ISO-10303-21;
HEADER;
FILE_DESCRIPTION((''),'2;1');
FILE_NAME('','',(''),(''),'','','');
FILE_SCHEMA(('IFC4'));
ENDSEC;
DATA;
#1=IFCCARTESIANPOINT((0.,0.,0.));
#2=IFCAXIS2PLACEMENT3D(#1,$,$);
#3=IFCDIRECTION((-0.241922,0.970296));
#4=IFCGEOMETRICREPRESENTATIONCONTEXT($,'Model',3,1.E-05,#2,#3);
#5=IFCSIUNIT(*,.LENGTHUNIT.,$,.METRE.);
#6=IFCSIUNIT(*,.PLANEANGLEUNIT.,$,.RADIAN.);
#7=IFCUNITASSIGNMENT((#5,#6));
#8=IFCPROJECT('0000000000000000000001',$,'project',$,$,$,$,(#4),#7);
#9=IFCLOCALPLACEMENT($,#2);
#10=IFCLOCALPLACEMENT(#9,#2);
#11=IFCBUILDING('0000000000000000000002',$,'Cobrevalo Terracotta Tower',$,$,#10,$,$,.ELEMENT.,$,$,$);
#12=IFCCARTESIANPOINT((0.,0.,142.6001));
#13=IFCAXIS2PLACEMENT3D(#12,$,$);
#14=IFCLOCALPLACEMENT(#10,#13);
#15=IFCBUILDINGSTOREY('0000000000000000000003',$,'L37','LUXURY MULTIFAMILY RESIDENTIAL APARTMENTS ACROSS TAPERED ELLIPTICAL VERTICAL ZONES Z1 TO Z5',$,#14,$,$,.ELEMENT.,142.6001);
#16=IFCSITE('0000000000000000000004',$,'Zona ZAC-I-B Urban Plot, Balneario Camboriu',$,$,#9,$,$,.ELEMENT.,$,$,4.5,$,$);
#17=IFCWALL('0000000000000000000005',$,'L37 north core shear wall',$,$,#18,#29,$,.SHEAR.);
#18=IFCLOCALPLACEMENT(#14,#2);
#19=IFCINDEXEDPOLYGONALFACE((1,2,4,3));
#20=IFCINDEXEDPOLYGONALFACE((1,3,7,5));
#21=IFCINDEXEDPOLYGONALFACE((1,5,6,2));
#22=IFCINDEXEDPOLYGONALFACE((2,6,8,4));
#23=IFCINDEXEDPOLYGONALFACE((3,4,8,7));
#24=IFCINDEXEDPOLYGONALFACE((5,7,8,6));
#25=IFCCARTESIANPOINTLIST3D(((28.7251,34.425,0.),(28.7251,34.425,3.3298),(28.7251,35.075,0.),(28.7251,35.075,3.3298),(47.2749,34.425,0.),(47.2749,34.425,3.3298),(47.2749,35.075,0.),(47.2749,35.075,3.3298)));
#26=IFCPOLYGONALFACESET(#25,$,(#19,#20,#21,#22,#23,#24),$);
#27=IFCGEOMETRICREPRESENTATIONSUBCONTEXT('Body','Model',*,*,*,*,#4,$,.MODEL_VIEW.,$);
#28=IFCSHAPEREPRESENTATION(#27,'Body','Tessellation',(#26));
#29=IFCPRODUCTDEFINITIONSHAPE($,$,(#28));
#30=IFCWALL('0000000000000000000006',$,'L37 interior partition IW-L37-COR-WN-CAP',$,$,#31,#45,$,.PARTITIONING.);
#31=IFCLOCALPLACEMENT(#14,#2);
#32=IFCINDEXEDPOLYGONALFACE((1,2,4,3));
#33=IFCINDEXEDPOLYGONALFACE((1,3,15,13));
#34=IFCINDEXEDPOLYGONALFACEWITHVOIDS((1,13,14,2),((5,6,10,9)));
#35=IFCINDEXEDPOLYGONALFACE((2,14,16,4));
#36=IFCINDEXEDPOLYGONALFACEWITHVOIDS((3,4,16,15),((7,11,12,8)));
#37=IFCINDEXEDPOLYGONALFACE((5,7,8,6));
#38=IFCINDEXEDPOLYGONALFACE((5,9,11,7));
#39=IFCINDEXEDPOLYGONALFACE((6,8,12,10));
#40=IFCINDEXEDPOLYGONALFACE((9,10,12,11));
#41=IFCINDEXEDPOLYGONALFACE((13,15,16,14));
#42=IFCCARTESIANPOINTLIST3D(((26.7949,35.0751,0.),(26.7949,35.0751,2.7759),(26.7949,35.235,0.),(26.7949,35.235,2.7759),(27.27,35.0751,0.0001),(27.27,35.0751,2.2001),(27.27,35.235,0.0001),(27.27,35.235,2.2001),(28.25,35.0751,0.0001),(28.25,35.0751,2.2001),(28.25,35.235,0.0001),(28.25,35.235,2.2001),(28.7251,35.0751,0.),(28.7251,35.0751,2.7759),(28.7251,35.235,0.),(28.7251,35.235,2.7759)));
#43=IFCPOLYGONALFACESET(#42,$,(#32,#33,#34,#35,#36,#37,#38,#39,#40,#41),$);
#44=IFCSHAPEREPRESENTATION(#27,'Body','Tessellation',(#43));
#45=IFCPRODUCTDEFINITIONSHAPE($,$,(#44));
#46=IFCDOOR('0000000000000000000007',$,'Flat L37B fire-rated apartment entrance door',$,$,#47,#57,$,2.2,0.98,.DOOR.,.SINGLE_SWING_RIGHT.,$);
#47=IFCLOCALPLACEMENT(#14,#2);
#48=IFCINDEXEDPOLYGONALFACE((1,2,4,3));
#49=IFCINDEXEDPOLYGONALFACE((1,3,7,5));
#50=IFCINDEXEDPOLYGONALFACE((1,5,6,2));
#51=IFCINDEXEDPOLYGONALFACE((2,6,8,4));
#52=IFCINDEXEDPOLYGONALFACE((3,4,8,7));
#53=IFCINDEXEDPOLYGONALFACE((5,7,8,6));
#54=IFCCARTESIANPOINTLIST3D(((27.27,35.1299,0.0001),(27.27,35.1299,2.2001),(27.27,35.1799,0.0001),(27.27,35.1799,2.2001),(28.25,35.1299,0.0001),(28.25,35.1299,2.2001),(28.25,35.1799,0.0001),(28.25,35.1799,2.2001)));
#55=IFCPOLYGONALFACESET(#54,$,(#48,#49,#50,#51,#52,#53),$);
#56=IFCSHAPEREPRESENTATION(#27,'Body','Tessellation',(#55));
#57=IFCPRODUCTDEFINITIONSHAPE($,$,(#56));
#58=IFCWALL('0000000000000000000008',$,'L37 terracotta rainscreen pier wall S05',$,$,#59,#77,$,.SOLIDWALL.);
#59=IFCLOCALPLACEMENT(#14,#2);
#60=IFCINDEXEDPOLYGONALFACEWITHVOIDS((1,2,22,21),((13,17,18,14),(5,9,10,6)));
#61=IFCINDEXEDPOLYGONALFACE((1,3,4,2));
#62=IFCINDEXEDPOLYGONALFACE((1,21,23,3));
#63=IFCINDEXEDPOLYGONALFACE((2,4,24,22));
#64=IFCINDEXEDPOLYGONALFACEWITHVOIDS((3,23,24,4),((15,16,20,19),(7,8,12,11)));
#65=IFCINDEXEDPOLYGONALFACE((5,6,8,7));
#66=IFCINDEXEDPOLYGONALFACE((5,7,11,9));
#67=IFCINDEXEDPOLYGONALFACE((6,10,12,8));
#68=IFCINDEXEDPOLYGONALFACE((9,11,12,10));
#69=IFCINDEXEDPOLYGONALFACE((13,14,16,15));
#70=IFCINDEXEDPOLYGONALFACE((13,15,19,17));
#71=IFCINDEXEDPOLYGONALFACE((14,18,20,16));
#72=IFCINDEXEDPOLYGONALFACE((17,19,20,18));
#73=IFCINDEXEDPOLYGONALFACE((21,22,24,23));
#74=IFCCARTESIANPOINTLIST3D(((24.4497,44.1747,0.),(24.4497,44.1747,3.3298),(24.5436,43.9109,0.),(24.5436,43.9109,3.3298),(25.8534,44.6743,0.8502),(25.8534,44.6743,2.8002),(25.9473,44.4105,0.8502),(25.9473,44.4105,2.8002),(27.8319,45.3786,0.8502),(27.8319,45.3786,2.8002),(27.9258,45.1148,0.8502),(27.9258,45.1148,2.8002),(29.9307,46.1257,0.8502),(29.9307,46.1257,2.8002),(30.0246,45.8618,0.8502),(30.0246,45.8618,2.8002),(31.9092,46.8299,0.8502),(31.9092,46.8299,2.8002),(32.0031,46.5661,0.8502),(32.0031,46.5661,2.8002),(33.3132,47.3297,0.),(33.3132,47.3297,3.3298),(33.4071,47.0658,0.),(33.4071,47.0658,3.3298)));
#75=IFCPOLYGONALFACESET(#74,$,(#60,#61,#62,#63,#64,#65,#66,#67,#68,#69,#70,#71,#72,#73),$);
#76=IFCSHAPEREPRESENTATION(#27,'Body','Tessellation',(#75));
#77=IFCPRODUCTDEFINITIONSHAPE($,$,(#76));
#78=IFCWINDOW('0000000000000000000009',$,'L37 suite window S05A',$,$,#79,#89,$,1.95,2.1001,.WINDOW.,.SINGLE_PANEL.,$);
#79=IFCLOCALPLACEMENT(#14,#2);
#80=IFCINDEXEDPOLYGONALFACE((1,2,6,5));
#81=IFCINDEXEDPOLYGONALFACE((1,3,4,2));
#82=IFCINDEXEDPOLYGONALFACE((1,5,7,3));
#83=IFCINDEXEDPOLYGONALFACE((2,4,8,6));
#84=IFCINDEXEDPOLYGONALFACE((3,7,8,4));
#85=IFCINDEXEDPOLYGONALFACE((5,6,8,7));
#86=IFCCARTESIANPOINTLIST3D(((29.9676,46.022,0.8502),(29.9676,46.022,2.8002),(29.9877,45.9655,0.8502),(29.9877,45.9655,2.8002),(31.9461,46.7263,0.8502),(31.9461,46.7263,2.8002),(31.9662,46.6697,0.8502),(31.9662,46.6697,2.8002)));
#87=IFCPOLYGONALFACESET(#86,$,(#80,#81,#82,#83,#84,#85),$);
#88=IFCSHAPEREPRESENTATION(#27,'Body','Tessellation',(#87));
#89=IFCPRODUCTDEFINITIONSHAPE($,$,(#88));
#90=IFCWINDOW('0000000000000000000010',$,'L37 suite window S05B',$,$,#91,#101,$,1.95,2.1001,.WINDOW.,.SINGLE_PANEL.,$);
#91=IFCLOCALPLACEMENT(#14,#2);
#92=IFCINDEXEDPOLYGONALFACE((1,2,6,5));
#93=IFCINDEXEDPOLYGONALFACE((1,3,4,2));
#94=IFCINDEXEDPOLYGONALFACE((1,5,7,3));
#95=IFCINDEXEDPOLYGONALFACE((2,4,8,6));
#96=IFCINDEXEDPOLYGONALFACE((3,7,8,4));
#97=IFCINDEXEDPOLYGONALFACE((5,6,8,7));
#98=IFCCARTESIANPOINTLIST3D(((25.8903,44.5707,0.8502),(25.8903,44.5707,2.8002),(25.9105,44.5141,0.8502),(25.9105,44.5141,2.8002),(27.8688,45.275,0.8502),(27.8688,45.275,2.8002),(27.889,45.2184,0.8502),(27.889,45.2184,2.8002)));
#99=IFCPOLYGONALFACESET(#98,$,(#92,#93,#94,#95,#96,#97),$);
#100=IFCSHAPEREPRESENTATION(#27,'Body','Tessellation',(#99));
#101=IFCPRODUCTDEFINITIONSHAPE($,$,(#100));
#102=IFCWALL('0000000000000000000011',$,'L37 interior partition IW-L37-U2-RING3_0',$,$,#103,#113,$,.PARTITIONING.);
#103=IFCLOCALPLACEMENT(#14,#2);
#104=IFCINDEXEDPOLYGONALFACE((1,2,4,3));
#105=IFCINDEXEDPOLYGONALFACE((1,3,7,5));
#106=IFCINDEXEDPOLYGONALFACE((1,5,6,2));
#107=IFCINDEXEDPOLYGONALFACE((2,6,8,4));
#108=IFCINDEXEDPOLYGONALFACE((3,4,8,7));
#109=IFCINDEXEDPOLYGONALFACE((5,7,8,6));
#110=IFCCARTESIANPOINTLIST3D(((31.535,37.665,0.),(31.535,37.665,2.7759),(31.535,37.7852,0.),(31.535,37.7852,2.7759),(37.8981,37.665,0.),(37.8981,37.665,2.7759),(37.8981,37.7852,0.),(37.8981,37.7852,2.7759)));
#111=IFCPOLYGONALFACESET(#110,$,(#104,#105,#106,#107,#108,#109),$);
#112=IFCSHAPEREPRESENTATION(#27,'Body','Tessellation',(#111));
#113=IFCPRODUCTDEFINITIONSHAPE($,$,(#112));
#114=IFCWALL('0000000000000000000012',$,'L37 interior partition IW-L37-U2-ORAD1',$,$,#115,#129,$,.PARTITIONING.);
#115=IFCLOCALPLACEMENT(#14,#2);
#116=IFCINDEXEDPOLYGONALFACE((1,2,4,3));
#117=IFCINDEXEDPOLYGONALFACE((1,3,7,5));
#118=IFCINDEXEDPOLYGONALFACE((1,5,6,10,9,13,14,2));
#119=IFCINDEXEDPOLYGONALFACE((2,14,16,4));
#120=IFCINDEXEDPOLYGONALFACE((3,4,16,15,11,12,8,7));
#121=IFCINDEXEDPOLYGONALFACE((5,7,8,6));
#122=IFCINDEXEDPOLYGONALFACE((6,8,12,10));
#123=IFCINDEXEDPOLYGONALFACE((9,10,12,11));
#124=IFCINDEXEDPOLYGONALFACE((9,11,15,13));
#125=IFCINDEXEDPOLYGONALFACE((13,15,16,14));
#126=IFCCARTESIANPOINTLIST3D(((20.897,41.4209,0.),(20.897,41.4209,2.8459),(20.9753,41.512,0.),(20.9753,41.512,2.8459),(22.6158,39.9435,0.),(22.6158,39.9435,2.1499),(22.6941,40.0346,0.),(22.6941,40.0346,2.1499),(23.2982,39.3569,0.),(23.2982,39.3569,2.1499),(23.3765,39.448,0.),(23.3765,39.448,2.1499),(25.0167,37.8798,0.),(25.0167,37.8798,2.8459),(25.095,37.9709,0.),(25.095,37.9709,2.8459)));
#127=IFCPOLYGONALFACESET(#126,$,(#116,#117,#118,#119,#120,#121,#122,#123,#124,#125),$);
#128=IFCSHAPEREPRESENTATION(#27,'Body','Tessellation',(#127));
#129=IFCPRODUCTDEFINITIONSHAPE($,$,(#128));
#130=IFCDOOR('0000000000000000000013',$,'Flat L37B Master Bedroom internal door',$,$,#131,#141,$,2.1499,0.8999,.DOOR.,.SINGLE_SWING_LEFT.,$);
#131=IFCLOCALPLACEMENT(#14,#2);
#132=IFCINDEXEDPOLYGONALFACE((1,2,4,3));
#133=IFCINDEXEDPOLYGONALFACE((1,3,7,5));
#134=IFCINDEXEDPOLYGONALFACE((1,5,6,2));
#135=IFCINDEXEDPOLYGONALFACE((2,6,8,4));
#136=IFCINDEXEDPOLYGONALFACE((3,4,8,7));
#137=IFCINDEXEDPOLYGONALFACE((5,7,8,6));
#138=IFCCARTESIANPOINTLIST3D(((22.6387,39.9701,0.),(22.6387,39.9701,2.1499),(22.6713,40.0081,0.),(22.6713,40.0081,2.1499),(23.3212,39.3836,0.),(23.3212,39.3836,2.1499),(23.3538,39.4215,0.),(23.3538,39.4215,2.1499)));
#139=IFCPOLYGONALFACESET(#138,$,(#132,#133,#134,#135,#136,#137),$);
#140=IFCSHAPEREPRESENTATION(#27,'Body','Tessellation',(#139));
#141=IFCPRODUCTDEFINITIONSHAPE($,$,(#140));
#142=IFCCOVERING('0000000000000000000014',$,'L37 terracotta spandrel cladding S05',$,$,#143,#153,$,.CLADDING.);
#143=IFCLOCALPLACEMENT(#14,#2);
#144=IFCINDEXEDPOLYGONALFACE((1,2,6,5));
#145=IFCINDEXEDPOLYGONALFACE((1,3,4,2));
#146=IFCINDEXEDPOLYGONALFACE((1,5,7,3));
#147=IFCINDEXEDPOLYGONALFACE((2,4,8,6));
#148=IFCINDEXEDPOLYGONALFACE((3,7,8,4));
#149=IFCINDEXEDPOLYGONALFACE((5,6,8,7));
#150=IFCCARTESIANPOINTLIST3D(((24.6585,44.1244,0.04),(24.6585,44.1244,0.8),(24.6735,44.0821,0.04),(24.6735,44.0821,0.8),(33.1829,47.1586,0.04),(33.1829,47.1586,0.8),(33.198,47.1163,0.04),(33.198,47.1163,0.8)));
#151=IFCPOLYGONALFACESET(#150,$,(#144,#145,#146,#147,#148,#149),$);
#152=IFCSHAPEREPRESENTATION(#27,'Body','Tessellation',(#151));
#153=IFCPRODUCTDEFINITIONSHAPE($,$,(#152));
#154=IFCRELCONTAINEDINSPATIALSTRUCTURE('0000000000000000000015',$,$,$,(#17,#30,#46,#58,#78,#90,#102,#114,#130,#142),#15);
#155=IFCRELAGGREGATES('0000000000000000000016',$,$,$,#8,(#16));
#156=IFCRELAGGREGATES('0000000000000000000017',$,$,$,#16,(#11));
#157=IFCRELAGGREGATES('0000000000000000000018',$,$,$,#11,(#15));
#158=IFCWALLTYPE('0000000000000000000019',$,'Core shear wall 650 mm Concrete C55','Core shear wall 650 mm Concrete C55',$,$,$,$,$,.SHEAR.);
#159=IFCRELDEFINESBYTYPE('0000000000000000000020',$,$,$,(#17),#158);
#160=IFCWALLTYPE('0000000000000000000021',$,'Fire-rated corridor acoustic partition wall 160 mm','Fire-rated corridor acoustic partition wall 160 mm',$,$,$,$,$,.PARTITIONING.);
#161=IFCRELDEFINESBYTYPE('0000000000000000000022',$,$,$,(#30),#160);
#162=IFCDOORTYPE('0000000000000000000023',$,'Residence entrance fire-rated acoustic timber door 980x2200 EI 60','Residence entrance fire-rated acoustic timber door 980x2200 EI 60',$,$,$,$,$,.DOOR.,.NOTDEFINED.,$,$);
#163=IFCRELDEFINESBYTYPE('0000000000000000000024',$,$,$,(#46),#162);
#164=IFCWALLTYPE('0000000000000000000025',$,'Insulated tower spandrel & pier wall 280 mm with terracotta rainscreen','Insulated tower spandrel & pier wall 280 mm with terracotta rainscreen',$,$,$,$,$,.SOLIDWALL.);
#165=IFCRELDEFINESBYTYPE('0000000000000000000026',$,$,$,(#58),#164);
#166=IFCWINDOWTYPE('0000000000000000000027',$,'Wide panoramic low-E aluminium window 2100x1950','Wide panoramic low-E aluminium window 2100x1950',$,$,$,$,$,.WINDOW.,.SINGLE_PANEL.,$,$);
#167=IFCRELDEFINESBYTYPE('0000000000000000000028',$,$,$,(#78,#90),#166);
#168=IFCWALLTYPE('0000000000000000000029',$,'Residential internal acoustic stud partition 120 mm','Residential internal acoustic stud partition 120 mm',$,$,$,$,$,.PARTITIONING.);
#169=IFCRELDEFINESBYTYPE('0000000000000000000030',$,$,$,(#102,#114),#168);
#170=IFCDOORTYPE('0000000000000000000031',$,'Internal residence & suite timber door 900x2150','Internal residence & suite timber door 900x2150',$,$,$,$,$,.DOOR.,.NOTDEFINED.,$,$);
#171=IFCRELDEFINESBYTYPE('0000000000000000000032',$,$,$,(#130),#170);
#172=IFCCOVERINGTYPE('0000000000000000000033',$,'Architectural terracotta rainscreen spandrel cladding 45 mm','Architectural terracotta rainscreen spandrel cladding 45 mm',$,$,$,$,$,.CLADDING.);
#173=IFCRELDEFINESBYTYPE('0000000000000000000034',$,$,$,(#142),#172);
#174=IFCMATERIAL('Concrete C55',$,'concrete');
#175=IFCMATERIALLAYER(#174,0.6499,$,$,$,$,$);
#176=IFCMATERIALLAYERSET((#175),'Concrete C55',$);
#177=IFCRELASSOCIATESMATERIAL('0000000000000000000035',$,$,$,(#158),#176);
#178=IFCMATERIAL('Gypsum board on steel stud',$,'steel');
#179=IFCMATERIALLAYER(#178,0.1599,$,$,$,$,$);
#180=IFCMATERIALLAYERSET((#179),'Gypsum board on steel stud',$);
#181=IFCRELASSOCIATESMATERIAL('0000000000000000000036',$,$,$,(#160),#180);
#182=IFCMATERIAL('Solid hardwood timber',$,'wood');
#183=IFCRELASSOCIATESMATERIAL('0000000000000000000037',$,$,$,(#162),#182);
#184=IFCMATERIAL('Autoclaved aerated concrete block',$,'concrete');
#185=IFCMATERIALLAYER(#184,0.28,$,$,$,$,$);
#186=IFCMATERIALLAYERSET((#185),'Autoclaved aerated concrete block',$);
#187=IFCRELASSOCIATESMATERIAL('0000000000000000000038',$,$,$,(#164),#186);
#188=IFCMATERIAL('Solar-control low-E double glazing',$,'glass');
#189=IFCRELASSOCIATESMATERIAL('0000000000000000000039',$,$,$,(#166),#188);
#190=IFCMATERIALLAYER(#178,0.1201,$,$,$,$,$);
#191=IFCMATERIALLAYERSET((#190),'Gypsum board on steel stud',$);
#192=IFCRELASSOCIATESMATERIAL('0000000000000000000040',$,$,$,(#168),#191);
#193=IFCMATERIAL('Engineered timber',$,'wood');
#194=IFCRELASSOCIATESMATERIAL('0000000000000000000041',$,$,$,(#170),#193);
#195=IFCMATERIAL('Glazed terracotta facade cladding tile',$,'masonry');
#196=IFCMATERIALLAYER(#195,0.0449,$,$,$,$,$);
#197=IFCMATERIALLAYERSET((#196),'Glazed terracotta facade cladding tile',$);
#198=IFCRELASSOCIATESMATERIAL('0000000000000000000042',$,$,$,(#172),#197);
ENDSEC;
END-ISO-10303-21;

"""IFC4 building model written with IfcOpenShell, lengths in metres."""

from ifc_helpers import new_model, si_unit, direction, frame, frame_2d, origin, origin_2d, place, context, subcontext, project, spatial, rectangle, extrude, source, transform, mapped, material, layer, layer_set, type_object, element, fill, save


model = new_model("IFC4")

# Units and contexts
model_context = context("Model", 3, precision=1e-05, world=origin(), true_north=direction((-0.241922, 0.970296)))
body_context = subcontext(model_context, "Body", "Model", "MODEL_VIEW")
ifc_project = project(units=[si_unit("LENGTHUNIT", "METRE"), si_unit("PLANEANGLEUNIT", "RADIAN")], contexts=[model_context])

# Site, building, storey
site_placement = place(None, origin())
site = spatial("IfcSite", under=ifc_project, at=site_placement, Name="Zona ZAC-I-B Urban Plot, Balneario Camboriu", CompositionType="ELEMENT", RefElevation=4.5)
building_placement = place(site_placement, origin())
building = spatial("IfcBuilding", under=site, at=building_placement, Name="Cobrevalo Terracotta Tower", CompositionType="ELEMENT")
storey_placement = place(building_placement, frame((0.0, 0.0, 142.6001)))
storey = spatial("IfcBuildingStorey", under=building, at=storey_placement, Name="L37", Description="LUXURY MULTIFAMILY RESIDENTIAL APARTMENTS ACROSS TAPERED ELLIPTICAL VERTICAL ZONES Z1 TO Z5", CompositionType="ELEMENT", Elevation=142.6001)

# Shared definitions
ifc_material_1 = material(Name="Concrete C55", Category="concrete")

# Wall
ifc_layer_1 = layer(ifc_material_1, 0.6499)
ifc_layer_set_1 = layer_set([ifc_layer_1], Name="Concrete C55")
wall_type_1 = type_object("IfcWallType", Name="Core shear wall 650 mm Concrete C55", Description="Core shear wall 650 mm Concrete C55", PredefinedType="SHEAR", material=ifc_layer_set_1)
wall_1_placement = place(storey_placement, frame((28.7251, 34.75, 0.0), z_axis=(0.0, 0.0, 1.0), x_axis=(1.0, 0.0, 0.0)))
element("IfcWall", 1, at=wall_1_placement, inside=storey, type_object=wall_type_1, Name="L37 north core shear wall", PredefinedType="SHEAR", context=body_context, shape_type="SweptSolid", body=[
    extrude(rectangle(XDim=18.5498, YDim=0.6499, at=frame_2d((9.2749, 0.0))), origin(), (0.0, 0.0, 1.0), 3.3298),
])

# Wall, opening, door
ifc_material_2 = material(Name="Gypsum board on steel stud", Category="steel")
ifc_layer_2 = layer(ifc_material_2, 0.1599)
ifc_layer_set_2 = layer_set([ifc_layer_2], Name="Gypsum board on steel stud")
wall_type_2 = type_object("IfcWallType", Name="Fire-rated corridor acoustic partition wall 160 mm", Description="Fire-rated corridor acoustic partition wall 160 mm", PredefinedType="PARTITIONING", material=ifc_layer_set_2)
wall_2_placement = place(storey_placement, frame((26.7949, 35.155, 0.0), z_axis=(0.0, 0.0, 1.0), x_axis=(1.0, 0.0, 0.0)))
wall_2 = element("IfcWall", 2, at=wall_2_placement, inside=storey, type_object=wall_type_2, Name="L37 interior partition IW-L37-COR-WN-CAP", PredefinedType="PARTITIONING", context=body_context, shape_type="SweptSolid", body=[
    extrude(rectangle(XDim=1.9302, YDim=0.1599, at=frame_2d((0.9651, 0.0))), origin(), (0.0, 0.0, 1.0), 2.7759),
])
opening_1_placement = place(wall_2_placement, frame((0.4751, 0.0, 0.0)))
opening_1 = element("IfcOpeningElement", 3, at=opening_1_placement, cuts=wall_2, PredefinedType="OPENING", context=body_context, shape_type="SweptSolid", body=[
    extrude(rectangle(XDim=0.98, YDim=2.2, at=frame_2d((0.49, 1.1001))), frame((0.0, 0.0898, 0.0), z_axis=(0.0, -1.0, 0.0), x_axis=(1.0, 0.0, 0.0)), (0.0, 0.0, 1.0), 0.1799),
])
ifc_material_3 = material(Name="Solid hardwood timber", Category="wood")
door_type_1 = type_object("IfcDoorType", Name="Residence entrance fire-rated acoustic timber door 980x2200 EI 60", Description="Residence entrance fire-rated acoustic timber door 980x2200 EI 60", OperationType="NOTDEFINED", PredefinedType="DOOR", material=ifc_material_3)
shared_shape_1 = source(origin(), body_context, "Body", "SweptSolid", [
    extrude(rectangle(XDim=0.98, YDim=2.2, at=frame_2d((0.49, 1.1001))), frame((0.0, 0.0249, 0.0), z_axis=(0.0, -1.0, 0.0), x_axis=(1.0, 0.0, 0.0)), (0.0, 0.0, 1.0), 0.05),
])
door_1_placement = place(opening_1_placement, origin())
door_1 = element("IfcDoor", 4, at=door_1_placement, inside=storey, type_object=door_type_1, Name="Flat L37B fire-rated apartment entrance door", OperationType="SINGLE_SWING_RIGHT", OverallHeight=2.2, OverallWidth=0.98, PredefinedType="DOOR", context=body_context, shape_type="MappedRepresentation", body=[
    mapped(shared_shape_1, transform((0.0, 0.0, 0.0), scale=1.0)),
])
fill(opening_1, door_1)

# Wall, openings, windows
ifc_material_4 = material(Name="Autoclaved aerated concrete block", Category="concrete")
ifc_layer_3 = layer(ifc_material_4, 0.28)
ifc_layer_set_3 = layer_set([ifc_layer_3], Name="Autoclaved aerated concrete block")
wall_type_3 = type_object("IfcWallType", Name="Insulated tower spandrel & pier wall 280 mm with terracotta rainscreen", Description="Insulated tower spandrel & pier wall 280 mm with terracotta rainscreen", PredefinedType="SOLIDWALL", material=ifc_layer_set_3)
wall_3_placement = place(storey_placement, frame((33.3601, 47.1978, 0.0), z_axis=(0.0, 0.0, 1.0), x_axis=(-0.942095, -0.335345, 0.0)))
wall_3 = element("IfcWall", 5, at=wall_3_placement, inside=storey, type_object=wall_type_3, Name="L37 terracotta rainscreen pier wall S05", PredefinedType="SOLIDWALL", context=body_context, shape_type="SweptSolid", body=[
    extrude(rectangle(XDim=9.4082, YDim=0.28, at=frame_2d((4.7041, 0.0))), origin(), (0.0, 0.0, 1.0), 3.3298),
])
opening_2_placement = place(wall_3_placement, frame((1.4902, 0.0, 0.8501)))
opening_2 = element("IfcOpeningElement", 6, at=opening_2_placement, cuts=wall_3, PredefinedType="OPENING", context=body_context, shape_type="SweptSolid", body=[
    extrude(rectangle(XDim=2.1001, YDim=1.95, at=frame_2d((1.05, 0.9751))), frame((0.0, 0.1499, 0.0), z_axis=(0.0, -1.0, 0.0), x_axis=(1.0, 0.0, 0.0)), (0.0, 0.0, 1.0), 0.3),
])
opening_3_placement = place(wall_3_placement, frame((5.8181, 0.0, 0.8501)))
opening_3 = element("IfcOpeningElement", 7, at=opening_3_placement, cuts=wall_3, PredefinedType="OPENING", context=body_context, shape_type="SweptSolid", body=[
    extrude(rectangle(XDim=2.1001, YDim=1.95, at=frame_2d((1.05, 0.9751))), frame((0.0, 0.1499, 0.0), z_axis=(0.0, -1.0, 0.0), x_axis=(1.0, 0.0, 0.0)), (0.0, 0.0, 1.0), 0.3),
])
ifc_material_5 = material(Name="Solar-control low-E double glazing", Category="glass")
window_type = type_object("IfcWindowType", Name="Wide panoramic low-E aluminium window 2100x1950", Description="Wide panoramic low-E aluminium window 2100x1950", PartitioningType="SINGLE_PANEL", PredefinedType="WINDOW", material=ifc_material_5)
shared_shape_2 = source(origin(), body_context, "Body", "SweptSolid", [
    extrude(rectangle(XDim=2.1001, YDim=1.95, at=frame_2d((1.05, 0.9751))), frame((0.0, 0.03, 0.0), z_axis=(0.0, -1.0, 0.0), x_axis=(1.0, 0.0, 0.0)), (0.0, 0.0, 1.0), 0.0601),
])
window_1_placement = place(opening_2_placement, origin())
window_1 = element("IfcWindow", 8, at=window_1_placement, inside=storey, type_object=window_type, Name="L37 suite window S05A", OverallHeight=1.95, OverallWidth=2.1001, PartitioningType="SINGLE_PANEL", PredefinedType="WINDOW", context=body_context, shape_type="MappedRepresentation", body=[
    mapped(shared_shape_2, transform((0.0, 0.0, 0.0), scale=1.0)),
])
fill(opening_2, window_1)
window_2_placement = place(opening_3_placement, origin())
window_2 = element("IfcWindow", 9, at=window_2_placement, inside=storey, type_object=window_type, Name="L37 suite window S05B", OverallHeight=1.95, OverallWidth=2.1001, PartitioningType="SINGLE_PANEL", PredefinedType="WINDOW", context=body_context, shape_type="MappedRepresentation", body=[
    mapped(shared_shape_2, transform((0.0, 0.0, 0.0), scale=1.0)),
])
fill(opening_3, window_2)

# Wall
ifc_layer_4 = layer(ifc_material_2, 0.1201)
ifc_layer_set_4 = layer_set([ifc_layer_4], Name="Gypsum board on steel stud")
wall_type_4 = type_object("IfcWallType", Name="Residential internal acoustic stud partition 120 mm", Description="Residential internal acoustic stud partition 120 mm", PredefinedType="PARTITIONING", material=ifc_layer_set_4)
wall_4_placement = place(storey_placement, frame((31.5349, 37.7251, 0.0), z_axis=(0.0, 0.0, 1.0), x_axis=(1.0, 0.0, 0.0)))
element("IfcWall", 10, at=wall_4_placement, inside=storey, type_object=wall_type_4, Name="L37 interior partition IW-L37-U2-RING3_0", PredefinedType="PARTITIONING", context=body_context, shape_type="SweptSolid", body=[
    extrude(rectangle(XDim=6.363, YDim=0.1201, at=frame_2d((3.1816, 0.0))), origin(), (0.0, 0.0, 1.0), 2.7759),
])

# Wall, opening, door
wall_5_placement = place(storey_placement, frame((25.0559, 37.9253, 0.0), z_axis=(0.0, 0.0, 1.0), x_axis=(-0.758355, 0.651842, 0.0)))
wall_5 = element("IfcWall", 11, at=wall_5_placement, inside=storey, type_object=wall_type_4, Name="L37 interior partition IW-L37-U2-ORAD1", PredefinedType="PARTITIONING", context=body_context, shape_type="SweptSolid", body=[
    extrude(rectangle(XDim=5.4324, YDim=0.1201, at=frame_2d((2.7163, 0.0))), origin(), (0.0, 0.0, 1.0), 2.8459),
])
opening_4_placement = place(wall_5_placement, frame((2.2661, 0.0, 0.0)))
opening_4 = element("IfcOpeningElement", 12, at=opening_4_placement, cuts=wall_5, PredefinedType="OPENING", context=body_context, shape_type="SweptSolid", body=[
    extrude(rectangle(XDim=0.8999, YDim=2.1499, at=frame_2d((0.45, 1.075))), frame((0.0, 0.0701, 0.0), z_axis=(0.0, -1.0, 0.0), x_axis=(1.0, 0.0, 0.0)), (0.0, 0.0, 1.0), 0.1401),
])
ifc_material_6 = material(Name="Engineered timber", Category="wood")
door_type_2 = type_object("IfcDoorType", Name="Internal residence & suite timber door 900x2150", Description="Internal residence & suite timber door 900x2150", OperationType="NOTDEFINED", PredefinedType="DOOR", material=ifc_material_6)
shared_shape_3 = source(origin(), body_context, "Body", "SweptSolid", [
    extrude(rectangle(XDim=0.8999, YDim=2.1499, at=frame_2d((0.45, 1.075))), frame((0.0, 0.0249, 0.0), z_axis=(0.0, -1.0, 0.0), x_axis=(1.0, 0.0, 0.0)), (0.0, 0.0, 1.0), 0.05),
])
door_2_placement = place(opening_4_placement, origin())
door_2 = element("IfcDoor", 13, at=door_2_placement, inside=storey, type_object=door_type_2, Name="Flat L37B Master Bedroom internal door", OperationType="SINGLE_SWING_LEFT", OverallHeight=2.1499, OverallWidth=0.8999, PredefinedType="DOOR", context=body_context, shape_type="MappedRepresentation", body=[
    mapped(shared_shape_3, transform((0.0, 0.0, 0.0), scale=1.0)),
])
fill(opening_4, door_2)

# Covering
ifc_material_7 = material(Name="Glazed terracotta facade cladding tile", Category="masonry")
ifc_layer_5 = layer(ifc_material_7, 0.0449)
ifc_layer_set_5 = layer_set([ifc_layer_5], Name="Glazed terracotta facade cladding tile")
covering_type = type_object("IfcCoveringType", Name="Architectural terracotta rainscreen spandrel cladding 45 mm", Description="Architectural terracotta rainscreen spandrel cladding 45 mm", PredefinedType="CLADDING", material=ifc_layer_set_5)
shared_shape_4 = source(origin(), body_context, "Body", "SweptSolid", [
    extrude(rectangle(XDim=9.0483, YDim=0.0449, at=origin_2d()), origin(), (0.0, 0.0, 1.0), 0.76),
])
covering_placement = place(storey_placement, frame((28.9282, 45.6204, 0.04), z_axis=(0.0, 0.0, 1.0), x_axis=(-0.942098, -0.335336, 0.0)))
element("IfcCovering", 14, at=covering_placement, inside=storey, type_object=covering_type, Name="L37 terracotta spandrel cladding S05", PredefinedType="CLADDING", context=body_context, shape_type="MappedRepresentation", body=[
    mapped(shared_shape_4, transform((0.0, 0.0, 0.0), scale=1.0)),
])

save(model, "model.ifc")
